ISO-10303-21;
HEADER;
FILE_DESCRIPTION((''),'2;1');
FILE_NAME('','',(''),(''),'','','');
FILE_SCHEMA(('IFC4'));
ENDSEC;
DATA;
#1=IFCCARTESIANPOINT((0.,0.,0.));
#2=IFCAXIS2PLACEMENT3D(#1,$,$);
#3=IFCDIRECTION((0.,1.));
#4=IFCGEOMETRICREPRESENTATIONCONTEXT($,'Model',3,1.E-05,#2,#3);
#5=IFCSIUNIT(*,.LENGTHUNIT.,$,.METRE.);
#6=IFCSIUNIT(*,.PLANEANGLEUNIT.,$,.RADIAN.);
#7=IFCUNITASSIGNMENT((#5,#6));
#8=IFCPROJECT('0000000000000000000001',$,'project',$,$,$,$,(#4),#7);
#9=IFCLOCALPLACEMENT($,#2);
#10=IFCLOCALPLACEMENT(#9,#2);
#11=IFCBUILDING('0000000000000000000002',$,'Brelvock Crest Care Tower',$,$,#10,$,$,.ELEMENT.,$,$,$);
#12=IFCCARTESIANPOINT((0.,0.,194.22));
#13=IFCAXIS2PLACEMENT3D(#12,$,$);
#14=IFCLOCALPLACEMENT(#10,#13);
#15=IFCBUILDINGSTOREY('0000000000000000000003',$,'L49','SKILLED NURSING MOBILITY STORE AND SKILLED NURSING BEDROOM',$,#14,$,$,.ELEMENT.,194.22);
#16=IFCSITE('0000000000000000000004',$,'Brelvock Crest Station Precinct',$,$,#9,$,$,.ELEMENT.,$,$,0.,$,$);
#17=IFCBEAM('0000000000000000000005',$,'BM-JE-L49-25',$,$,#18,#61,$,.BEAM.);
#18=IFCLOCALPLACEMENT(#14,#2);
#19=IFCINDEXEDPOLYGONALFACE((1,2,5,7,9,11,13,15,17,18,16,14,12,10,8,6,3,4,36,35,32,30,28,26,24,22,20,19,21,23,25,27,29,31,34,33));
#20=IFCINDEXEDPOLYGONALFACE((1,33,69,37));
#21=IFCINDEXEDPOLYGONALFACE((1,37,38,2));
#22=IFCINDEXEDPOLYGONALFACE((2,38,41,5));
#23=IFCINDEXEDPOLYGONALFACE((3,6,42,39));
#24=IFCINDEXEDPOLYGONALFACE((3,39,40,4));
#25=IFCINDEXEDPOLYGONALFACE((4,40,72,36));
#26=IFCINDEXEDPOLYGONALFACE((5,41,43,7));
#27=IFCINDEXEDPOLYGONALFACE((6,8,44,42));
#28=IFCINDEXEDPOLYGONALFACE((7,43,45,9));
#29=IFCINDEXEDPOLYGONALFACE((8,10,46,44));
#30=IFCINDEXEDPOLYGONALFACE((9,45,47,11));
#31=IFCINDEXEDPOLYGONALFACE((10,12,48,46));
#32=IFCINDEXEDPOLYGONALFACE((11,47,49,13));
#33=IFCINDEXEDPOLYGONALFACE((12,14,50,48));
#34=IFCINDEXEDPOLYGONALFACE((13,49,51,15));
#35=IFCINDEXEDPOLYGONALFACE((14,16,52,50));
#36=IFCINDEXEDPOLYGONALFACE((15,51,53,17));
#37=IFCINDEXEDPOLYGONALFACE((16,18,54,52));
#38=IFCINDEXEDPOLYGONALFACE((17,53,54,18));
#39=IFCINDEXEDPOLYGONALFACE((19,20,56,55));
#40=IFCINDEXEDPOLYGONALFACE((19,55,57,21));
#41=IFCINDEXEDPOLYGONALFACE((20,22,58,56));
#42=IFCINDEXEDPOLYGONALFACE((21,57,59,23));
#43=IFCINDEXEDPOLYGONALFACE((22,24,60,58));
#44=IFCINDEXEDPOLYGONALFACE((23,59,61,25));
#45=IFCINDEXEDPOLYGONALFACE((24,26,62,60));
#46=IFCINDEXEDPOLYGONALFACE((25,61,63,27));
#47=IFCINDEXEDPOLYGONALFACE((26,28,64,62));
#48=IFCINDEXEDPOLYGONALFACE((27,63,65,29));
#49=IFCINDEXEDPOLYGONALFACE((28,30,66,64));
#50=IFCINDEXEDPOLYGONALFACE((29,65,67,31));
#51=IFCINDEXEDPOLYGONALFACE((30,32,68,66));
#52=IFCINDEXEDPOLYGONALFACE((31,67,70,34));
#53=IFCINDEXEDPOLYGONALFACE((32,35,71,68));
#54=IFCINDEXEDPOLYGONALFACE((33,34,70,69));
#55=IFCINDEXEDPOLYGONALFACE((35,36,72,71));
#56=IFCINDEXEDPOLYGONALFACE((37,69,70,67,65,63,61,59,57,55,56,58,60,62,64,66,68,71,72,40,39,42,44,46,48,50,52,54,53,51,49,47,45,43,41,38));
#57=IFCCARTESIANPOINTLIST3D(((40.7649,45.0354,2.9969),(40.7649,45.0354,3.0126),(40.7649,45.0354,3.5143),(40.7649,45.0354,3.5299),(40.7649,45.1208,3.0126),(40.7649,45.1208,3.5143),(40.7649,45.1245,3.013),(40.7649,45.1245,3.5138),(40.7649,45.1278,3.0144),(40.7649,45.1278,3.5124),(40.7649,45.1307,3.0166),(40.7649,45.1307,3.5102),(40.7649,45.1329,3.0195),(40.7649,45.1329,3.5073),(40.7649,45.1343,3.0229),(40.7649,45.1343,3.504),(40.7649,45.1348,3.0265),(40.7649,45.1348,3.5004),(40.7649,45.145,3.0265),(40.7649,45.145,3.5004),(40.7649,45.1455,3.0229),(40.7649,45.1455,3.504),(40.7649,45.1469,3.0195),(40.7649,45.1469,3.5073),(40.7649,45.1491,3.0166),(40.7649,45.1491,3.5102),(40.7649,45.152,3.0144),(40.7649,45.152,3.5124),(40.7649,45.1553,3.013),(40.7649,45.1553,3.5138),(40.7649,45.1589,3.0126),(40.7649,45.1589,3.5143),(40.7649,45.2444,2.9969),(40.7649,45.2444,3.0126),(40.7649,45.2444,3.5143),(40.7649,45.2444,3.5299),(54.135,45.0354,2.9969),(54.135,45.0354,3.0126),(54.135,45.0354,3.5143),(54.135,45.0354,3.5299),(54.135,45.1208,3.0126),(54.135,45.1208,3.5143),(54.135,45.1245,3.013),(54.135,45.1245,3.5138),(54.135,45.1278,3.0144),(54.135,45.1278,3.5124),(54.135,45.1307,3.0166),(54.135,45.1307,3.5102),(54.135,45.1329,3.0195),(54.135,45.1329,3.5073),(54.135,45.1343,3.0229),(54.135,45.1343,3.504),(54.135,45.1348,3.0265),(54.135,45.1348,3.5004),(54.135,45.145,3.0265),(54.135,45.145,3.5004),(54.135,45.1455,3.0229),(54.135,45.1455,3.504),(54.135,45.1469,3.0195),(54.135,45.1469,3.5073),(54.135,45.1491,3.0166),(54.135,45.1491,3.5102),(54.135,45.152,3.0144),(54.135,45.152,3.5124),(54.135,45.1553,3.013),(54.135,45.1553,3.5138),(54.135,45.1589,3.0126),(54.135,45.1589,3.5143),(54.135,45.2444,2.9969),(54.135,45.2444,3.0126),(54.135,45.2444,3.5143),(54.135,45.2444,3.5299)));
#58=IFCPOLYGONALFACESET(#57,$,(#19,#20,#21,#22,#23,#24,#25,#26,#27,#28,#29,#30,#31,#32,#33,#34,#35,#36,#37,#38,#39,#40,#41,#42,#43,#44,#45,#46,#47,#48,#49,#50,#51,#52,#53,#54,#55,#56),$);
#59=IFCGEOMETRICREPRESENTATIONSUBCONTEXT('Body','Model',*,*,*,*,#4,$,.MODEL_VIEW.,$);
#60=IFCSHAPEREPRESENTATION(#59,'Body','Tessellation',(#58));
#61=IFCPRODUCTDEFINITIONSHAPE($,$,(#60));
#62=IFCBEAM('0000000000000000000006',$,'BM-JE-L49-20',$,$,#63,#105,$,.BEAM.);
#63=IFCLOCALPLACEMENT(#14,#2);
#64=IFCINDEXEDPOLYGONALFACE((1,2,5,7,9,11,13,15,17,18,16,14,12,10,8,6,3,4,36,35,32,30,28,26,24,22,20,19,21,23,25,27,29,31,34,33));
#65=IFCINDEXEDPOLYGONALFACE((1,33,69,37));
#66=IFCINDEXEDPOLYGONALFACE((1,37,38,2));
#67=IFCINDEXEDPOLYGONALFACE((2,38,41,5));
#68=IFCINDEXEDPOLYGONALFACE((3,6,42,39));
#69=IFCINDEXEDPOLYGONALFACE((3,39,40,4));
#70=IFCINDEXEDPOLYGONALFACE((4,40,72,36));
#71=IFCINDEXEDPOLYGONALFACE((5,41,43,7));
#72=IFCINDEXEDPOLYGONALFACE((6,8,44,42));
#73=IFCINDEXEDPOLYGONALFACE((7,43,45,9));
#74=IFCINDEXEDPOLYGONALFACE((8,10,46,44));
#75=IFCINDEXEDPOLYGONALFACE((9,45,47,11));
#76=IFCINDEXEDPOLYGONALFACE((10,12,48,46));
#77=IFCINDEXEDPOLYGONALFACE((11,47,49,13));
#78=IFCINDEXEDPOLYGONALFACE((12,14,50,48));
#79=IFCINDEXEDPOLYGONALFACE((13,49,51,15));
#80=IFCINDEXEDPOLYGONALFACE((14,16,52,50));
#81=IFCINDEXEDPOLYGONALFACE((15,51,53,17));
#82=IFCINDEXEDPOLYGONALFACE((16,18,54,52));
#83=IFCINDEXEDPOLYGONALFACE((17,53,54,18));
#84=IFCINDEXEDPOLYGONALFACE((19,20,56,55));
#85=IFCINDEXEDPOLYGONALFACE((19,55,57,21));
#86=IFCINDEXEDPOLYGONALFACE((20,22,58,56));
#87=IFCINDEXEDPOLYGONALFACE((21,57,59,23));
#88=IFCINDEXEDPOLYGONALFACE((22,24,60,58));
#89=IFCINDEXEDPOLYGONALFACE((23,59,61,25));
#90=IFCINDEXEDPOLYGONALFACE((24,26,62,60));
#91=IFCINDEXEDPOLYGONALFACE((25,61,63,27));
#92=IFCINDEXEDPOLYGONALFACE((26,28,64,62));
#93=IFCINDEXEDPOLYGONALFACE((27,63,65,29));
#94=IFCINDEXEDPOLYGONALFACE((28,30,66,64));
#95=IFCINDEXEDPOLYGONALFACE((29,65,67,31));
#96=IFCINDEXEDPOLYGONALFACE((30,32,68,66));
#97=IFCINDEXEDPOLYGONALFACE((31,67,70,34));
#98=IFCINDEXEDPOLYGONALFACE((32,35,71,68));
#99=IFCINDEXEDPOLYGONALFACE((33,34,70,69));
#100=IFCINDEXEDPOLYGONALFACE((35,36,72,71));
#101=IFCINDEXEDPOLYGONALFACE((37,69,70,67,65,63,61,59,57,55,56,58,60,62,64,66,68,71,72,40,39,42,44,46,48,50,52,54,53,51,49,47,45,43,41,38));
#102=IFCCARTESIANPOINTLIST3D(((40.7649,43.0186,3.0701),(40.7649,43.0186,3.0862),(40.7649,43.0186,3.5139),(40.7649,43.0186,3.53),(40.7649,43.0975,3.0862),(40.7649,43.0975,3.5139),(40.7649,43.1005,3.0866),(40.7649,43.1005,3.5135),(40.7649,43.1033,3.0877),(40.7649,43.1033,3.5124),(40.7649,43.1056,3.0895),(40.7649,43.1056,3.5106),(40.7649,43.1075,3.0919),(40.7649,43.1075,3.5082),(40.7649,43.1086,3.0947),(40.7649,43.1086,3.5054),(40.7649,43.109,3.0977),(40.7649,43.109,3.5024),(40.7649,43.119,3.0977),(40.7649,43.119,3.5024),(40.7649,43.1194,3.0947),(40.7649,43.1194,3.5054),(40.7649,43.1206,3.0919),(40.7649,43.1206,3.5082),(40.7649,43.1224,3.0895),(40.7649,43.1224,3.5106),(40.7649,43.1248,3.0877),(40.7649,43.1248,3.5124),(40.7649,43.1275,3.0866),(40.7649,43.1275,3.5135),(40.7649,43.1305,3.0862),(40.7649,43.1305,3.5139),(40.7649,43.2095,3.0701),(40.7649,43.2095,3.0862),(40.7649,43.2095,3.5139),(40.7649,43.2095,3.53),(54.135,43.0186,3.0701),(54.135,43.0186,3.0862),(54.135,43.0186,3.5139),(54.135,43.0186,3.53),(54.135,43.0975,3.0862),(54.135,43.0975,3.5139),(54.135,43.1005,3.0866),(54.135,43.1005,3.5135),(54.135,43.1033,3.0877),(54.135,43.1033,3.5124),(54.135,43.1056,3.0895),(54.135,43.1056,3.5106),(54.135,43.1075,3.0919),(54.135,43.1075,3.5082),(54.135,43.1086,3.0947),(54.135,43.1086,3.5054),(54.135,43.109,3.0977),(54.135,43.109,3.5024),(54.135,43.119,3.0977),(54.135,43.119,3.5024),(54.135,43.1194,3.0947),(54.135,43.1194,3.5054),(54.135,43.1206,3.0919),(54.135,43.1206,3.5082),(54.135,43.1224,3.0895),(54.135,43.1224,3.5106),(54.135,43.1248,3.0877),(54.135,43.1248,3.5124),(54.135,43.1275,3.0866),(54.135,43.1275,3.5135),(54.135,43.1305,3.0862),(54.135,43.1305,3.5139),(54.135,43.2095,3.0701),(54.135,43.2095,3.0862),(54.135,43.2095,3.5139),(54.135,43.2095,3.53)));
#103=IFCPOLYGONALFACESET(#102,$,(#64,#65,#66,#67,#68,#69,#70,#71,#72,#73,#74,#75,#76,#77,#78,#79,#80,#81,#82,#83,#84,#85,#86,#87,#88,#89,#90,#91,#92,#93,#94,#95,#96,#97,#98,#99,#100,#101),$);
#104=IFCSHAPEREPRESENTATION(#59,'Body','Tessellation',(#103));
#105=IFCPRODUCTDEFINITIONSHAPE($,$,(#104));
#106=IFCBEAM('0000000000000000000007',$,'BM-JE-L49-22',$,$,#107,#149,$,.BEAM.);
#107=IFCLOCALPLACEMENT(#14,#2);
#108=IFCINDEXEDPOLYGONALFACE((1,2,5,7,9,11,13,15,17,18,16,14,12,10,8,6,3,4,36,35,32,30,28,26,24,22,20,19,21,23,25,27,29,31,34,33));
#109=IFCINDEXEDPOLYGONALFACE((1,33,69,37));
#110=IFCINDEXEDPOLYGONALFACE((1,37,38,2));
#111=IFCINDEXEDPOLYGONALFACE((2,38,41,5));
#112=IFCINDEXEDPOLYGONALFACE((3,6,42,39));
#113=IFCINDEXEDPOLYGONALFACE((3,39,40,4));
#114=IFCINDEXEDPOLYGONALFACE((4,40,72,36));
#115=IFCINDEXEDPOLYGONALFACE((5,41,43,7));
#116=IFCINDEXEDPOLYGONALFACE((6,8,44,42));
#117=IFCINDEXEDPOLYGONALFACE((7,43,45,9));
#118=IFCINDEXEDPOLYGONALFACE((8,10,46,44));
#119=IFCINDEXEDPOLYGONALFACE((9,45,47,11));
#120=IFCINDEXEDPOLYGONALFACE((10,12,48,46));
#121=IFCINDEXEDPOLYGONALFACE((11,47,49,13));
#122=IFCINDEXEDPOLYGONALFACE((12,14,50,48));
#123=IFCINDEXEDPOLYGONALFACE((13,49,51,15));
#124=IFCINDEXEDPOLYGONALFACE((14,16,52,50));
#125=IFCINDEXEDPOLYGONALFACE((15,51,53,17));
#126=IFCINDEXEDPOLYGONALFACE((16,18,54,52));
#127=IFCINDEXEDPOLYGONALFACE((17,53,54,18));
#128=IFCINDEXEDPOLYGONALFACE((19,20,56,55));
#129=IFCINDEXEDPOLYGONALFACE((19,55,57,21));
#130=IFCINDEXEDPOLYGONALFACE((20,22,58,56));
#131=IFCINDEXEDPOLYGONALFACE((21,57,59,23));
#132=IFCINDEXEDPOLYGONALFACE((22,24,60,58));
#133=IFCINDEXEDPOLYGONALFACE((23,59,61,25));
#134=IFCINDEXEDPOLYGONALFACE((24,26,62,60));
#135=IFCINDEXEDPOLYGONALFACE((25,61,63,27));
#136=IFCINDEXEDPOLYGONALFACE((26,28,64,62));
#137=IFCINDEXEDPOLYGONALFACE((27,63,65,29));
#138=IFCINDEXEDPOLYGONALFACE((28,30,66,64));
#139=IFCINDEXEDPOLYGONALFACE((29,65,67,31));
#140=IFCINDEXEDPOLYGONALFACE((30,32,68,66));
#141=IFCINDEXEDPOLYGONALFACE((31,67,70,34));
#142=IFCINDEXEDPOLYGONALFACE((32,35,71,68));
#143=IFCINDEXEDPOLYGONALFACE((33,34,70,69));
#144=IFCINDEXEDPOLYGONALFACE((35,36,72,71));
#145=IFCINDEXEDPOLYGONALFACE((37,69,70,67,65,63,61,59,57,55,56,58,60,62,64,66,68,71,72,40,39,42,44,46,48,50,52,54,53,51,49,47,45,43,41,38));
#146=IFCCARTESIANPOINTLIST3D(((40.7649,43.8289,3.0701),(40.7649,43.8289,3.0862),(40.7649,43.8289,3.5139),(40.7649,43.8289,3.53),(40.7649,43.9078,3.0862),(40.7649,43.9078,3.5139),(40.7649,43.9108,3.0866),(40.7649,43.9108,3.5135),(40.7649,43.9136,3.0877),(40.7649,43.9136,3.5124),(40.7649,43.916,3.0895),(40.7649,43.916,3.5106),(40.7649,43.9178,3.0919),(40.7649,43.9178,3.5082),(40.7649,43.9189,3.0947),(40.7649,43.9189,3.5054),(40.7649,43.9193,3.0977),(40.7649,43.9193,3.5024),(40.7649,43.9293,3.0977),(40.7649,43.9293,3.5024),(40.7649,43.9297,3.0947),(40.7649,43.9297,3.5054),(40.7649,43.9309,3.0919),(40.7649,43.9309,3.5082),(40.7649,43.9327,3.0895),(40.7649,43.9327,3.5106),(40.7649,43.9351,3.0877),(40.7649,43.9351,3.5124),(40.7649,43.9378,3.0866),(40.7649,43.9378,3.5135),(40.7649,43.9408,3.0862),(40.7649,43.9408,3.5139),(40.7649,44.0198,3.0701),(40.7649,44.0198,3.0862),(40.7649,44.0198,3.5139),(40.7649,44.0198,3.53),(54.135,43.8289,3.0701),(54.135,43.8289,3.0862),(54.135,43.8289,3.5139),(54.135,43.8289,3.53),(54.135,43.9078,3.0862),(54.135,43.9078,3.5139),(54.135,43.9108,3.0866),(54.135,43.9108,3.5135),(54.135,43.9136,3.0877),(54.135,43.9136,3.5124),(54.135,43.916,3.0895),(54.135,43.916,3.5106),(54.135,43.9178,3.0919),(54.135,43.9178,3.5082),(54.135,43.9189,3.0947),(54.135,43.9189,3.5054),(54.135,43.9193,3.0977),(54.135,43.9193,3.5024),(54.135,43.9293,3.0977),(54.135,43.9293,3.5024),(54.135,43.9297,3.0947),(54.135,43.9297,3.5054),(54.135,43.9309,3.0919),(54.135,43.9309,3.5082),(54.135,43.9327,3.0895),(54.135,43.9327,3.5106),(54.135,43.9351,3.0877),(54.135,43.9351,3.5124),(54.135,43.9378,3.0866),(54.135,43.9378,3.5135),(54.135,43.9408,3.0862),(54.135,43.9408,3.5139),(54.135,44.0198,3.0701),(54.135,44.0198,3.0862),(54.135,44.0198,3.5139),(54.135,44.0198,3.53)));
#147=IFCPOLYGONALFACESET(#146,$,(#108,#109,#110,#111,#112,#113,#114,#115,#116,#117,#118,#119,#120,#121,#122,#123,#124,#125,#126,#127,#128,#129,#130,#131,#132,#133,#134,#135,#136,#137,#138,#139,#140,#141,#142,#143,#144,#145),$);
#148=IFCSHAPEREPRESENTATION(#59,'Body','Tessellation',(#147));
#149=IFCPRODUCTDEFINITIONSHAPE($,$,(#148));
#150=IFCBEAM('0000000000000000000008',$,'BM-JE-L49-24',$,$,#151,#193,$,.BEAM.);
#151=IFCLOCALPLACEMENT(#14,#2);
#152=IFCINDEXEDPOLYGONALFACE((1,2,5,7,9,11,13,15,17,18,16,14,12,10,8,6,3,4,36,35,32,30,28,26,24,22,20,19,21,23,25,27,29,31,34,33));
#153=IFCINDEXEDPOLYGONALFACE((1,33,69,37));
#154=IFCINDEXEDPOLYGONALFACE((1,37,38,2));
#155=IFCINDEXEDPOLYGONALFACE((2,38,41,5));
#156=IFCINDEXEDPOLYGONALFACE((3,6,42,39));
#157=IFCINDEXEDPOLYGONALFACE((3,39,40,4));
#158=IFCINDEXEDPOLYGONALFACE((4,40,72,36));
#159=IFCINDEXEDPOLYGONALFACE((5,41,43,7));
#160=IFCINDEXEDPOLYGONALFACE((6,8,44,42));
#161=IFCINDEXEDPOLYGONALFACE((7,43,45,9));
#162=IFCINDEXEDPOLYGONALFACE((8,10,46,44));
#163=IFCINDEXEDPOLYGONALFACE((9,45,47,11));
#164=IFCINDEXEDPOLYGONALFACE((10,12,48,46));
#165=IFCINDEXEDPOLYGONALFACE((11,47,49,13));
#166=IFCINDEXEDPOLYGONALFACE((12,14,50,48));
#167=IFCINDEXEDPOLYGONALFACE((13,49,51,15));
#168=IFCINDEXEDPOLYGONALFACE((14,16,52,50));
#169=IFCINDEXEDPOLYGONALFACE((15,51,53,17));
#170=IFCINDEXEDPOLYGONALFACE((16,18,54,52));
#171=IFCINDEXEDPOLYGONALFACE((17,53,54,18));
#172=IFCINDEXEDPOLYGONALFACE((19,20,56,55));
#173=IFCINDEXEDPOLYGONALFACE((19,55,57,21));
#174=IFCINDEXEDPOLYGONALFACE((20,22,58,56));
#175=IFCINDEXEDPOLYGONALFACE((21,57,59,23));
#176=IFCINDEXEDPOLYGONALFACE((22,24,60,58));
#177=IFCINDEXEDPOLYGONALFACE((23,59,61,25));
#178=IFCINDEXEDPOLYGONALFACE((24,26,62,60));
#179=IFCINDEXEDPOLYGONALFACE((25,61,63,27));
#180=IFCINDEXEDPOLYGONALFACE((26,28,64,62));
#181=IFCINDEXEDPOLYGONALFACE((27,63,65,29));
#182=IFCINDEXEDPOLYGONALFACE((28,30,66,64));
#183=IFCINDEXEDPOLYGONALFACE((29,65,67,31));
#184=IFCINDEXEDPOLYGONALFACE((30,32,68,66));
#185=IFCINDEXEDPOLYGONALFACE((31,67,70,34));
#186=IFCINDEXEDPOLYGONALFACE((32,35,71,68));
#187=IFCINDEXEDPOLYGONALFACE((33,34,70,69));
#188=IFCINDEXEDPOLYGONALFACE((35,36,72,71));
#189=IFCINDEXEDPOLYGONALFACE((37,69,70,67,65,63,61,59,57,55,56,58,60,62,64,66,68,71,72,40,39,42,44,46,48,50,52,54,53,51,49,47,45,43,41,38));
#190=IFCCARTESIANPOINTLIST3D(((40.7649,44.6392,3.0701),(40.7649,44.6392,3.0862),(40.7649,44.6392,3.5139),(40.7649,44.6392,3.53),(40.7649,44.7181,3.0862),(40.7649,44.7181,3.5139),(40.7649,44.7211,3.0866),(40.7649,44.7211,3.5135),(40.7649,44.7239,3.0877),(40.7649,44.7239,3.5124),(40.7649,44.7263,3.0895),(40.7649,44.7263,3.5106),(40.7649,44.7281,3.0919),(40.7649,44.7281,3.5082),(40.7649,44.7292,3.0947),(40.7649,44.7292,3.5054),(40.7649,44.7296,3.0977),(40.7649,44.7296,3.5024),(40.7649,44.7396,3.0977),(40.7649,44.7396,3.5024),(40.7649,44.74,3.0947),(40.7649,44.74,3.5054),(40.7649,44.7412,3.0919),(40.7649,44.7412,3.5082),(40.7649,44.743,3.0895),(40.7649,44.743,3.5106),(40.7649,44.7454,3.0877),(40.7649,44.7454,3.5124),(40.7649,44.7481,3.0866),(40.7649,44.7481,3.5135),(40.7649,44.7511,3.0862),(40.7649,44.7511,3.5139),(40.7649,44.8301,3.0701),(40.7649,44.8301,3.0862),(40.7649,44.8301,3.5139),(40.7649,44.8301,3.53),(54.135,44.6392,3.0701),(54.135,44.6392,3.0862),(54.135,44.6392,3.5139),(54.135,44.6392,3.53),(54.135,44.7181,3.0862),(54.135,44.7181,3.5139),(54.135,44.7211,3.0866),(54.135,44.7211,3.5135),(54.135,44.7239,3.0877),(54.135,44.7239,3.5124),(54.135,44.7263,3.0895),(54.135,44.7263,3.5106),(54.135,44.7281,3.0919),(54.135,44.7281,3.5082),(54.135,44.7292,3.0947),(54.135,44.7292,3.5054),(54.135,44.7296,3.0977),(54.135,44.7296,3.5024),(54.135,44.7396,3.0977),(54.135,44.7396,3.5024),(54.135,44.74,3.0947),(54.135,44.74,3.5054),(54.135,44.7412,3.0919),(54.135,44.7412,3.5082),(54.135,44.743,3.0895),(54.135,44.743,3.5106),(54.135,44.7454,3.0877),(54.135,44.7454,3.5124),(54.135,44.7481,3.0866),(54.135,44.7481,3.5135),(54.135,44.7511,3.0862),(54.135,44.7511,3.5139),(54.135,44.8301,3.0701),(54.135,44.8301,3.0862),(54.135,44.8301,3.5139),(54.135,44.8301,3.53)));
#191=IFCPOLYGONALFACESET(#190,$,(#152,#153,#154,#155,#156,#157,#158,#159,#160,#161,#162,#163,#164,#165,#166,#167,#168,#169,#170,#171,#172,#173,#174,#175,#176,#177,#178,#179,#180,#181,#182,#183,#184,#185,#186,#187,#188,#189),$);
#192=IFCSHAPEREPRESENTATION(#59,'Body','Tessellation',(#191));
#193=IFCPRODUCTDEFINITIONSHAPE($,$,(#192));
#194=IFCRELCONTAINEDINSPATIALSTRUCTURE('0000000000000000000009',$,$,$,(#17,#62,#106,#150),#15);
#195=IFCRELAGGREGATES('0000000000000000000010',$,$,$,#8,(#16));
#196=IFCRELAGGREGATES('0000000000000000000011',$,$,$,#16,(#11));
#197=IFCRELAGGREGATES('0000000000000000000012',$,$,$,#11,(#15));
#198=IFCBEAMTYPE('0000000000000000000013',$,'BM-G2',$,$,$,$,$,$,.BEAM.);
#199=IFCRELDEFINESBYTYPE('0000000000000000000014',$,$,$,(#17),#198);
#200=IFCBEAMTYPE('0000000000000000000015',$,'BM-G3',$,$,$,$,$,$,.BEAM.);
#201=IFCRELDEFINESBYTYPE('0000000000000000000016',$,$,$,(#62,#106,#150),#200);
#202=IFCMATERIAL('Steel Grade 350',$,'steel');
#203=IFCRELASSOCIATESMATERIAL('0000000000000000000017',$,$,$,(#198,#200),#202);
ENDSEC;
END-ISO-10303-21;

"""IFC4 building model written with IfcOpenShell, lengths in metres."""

from ifc_helpers import new_model, si_unit, direction, frame, origin, origin_2d, place, context, subcontext, project, spatial, i_section, extrude, source, transform, mapped, material, material_profile, profile_set, type_object, element, save


model = new_model("IFC4")

# Units and contexts
model_context = context("Model", 3, precision=1e-05, world=origin(), true_north=direction((0.0, 1.0)))
body_context = subcontext(model_context, "Body", "Model", "MODEL_VIEW")
ifc_project = project(units=[si_unit("LENGTHUNIT", "METRE"), si_unit("PLANEANGLEUNIT", "RADIAN")], contexts=[model_context])

# Site, building, storey
site_placement = place(None, origin())
site = spatial("IfcSite", under=ifc_project, at=site_placement, Name="Brelvock Crest Station Precinct", CompositionType="ELEMENT", RefElevation=0.0)
building_placement = place(site_placement, origin())
building = spatial("IfcBuilding", under=site, at=building_placement, Name="Brelvock Crest Care Tower", CompositionType="ELEMENT")
storey_placement = place(building_placement, frame((0.0, 0.0, 194.22)))
storey = spatial("IfcBuildingStorey", under=building, at=storey_placement, Name="L49", Description="SKILLED NURSING MOBILITY STORE AND SKILLED NURSING BEDROOM", CompositionType="ELEMENT", Elevation=194.22)

# Shared definitions
ifc_material_1 = material(Name="Steel Grade 350", Category="steel")

# Beams
ifc_material_profile_1 = material_profile(ifc_material_1, i_section(OverallWidth=0.209, OverallDepth=0.533, WebThickness=0.0103, FlangeThickness=0.0156, FilletRadius=0.0139, at=origin_2d()), Name="530UB92.4")
ifc_profile_set_1 = profile_set([ifc_material_profile_1], Name="Steel Grade 350")
beam_type_1 = type_object("IfcBeamType", Name="BM-G2", PredefinedType="BEAM", material=ifc_profile_set_1)
shared_shape_1 = source(origin(), body_context, "Body", "SweptSolid", [
    extrude(i_section(OverallWidth=0.209, OverallDepth=0.533, WebThickness=0.0103, FlangeThickness=0.0156, FilletRadius=0.0139, at=origin_2d()), origin(), (0.0, 0.0, 1.0), 13.3701),
])
for number, where, z_axis, x_axis, name in (
    (1, (40.7649, 45.1399, 3.2634), (1.0, 0.0, 0.0), (0.0, 1.0, 0.0), "BM-JE-L49-25"),
):
    element("IfcBeam", number, at=place(storey_placement, frame(where, z_axis=z_axis, x_axis=x_axis)), inside=storey, type_object=beam_type_1, Name=name, PredefinedType="BEAM", context=body_context, shape_type="MappedRepresentation", body=[
        mapped(shared_shape_1, transform((0.0, 0.0, 0.0), x_axis=(1.0, 0.0, 0.0), y_axis=(0.0, 1.0, 0.0), z_axis=(0.0, 0.0, 1.0), scale=1.0)),
    ])
ifc_material_profile_2 = material_profile(ifc_material_1, i_section(OverallWidth=0.1909, OverallDepth=0.46, WebThickness=0.01, FlangeThickness=0.0161, FilletRadius=0.0115, at=origin_2d()), Name="460UB82.1")
ifc_profile_set_2 = profile_set([ifc_material_profile_2], Name="Steel Grade 350")
beam_type_2 = type_object("IfcBeamType", Name="BM-G3", PredefinedType="BEAM", material=ifc_profile_set_2)
shared_shape_2 = source(origin(), body_context, "Body", "SweptSolid", [
    extrude(i_section(OverallWidth=0.1909, OverallDepth=0.46, WebThickness=0.01, FlangeThickness=0.0161, FilletRadius=0.0115, at=origin_2d()), origin(), (0.0, 0.0, 1.0), 13.3701),
])
for number, where, z_axis, x_axis, name in (
    (2, (40.7649, 43.114, 3.3), (1.0, 0.0, 0.0), (0.0, 1.0, 0.0), "BM-JE-L49-20"),
    (3, (40.7649, 43.9243, 3.3), (1.0, 0.0, 0.0), (0.0, 1.0, 0.0), "BM-JE-L49-22"),
    (4, (40.7649, 44.7346, 3.3), (1.0, 0.0, 0.0), (0.0, 1.0, 0.0), "BM-JE-L49-24"),
):
    element("IfcBeam", number, at=place(storey_placement, frame(where, z_axis=z_axis, x_axis=x_axis)), inside=storey, type_object=beam_type_2, Name=name, PredefinedType="BEAM", context=body_context, shape_type="MappedRepresentation", body=[
        mapped(shared_shape_2, transform((0.0, 0.0, 0.0), x_axis=(1.0, 0.0, 0.0), y_axis=(0.0, 1.0, 0.0), z_axis=(0.0, 0.0, 1.0), scale=1.0)),
    ])

save(model, "model.ifc")
